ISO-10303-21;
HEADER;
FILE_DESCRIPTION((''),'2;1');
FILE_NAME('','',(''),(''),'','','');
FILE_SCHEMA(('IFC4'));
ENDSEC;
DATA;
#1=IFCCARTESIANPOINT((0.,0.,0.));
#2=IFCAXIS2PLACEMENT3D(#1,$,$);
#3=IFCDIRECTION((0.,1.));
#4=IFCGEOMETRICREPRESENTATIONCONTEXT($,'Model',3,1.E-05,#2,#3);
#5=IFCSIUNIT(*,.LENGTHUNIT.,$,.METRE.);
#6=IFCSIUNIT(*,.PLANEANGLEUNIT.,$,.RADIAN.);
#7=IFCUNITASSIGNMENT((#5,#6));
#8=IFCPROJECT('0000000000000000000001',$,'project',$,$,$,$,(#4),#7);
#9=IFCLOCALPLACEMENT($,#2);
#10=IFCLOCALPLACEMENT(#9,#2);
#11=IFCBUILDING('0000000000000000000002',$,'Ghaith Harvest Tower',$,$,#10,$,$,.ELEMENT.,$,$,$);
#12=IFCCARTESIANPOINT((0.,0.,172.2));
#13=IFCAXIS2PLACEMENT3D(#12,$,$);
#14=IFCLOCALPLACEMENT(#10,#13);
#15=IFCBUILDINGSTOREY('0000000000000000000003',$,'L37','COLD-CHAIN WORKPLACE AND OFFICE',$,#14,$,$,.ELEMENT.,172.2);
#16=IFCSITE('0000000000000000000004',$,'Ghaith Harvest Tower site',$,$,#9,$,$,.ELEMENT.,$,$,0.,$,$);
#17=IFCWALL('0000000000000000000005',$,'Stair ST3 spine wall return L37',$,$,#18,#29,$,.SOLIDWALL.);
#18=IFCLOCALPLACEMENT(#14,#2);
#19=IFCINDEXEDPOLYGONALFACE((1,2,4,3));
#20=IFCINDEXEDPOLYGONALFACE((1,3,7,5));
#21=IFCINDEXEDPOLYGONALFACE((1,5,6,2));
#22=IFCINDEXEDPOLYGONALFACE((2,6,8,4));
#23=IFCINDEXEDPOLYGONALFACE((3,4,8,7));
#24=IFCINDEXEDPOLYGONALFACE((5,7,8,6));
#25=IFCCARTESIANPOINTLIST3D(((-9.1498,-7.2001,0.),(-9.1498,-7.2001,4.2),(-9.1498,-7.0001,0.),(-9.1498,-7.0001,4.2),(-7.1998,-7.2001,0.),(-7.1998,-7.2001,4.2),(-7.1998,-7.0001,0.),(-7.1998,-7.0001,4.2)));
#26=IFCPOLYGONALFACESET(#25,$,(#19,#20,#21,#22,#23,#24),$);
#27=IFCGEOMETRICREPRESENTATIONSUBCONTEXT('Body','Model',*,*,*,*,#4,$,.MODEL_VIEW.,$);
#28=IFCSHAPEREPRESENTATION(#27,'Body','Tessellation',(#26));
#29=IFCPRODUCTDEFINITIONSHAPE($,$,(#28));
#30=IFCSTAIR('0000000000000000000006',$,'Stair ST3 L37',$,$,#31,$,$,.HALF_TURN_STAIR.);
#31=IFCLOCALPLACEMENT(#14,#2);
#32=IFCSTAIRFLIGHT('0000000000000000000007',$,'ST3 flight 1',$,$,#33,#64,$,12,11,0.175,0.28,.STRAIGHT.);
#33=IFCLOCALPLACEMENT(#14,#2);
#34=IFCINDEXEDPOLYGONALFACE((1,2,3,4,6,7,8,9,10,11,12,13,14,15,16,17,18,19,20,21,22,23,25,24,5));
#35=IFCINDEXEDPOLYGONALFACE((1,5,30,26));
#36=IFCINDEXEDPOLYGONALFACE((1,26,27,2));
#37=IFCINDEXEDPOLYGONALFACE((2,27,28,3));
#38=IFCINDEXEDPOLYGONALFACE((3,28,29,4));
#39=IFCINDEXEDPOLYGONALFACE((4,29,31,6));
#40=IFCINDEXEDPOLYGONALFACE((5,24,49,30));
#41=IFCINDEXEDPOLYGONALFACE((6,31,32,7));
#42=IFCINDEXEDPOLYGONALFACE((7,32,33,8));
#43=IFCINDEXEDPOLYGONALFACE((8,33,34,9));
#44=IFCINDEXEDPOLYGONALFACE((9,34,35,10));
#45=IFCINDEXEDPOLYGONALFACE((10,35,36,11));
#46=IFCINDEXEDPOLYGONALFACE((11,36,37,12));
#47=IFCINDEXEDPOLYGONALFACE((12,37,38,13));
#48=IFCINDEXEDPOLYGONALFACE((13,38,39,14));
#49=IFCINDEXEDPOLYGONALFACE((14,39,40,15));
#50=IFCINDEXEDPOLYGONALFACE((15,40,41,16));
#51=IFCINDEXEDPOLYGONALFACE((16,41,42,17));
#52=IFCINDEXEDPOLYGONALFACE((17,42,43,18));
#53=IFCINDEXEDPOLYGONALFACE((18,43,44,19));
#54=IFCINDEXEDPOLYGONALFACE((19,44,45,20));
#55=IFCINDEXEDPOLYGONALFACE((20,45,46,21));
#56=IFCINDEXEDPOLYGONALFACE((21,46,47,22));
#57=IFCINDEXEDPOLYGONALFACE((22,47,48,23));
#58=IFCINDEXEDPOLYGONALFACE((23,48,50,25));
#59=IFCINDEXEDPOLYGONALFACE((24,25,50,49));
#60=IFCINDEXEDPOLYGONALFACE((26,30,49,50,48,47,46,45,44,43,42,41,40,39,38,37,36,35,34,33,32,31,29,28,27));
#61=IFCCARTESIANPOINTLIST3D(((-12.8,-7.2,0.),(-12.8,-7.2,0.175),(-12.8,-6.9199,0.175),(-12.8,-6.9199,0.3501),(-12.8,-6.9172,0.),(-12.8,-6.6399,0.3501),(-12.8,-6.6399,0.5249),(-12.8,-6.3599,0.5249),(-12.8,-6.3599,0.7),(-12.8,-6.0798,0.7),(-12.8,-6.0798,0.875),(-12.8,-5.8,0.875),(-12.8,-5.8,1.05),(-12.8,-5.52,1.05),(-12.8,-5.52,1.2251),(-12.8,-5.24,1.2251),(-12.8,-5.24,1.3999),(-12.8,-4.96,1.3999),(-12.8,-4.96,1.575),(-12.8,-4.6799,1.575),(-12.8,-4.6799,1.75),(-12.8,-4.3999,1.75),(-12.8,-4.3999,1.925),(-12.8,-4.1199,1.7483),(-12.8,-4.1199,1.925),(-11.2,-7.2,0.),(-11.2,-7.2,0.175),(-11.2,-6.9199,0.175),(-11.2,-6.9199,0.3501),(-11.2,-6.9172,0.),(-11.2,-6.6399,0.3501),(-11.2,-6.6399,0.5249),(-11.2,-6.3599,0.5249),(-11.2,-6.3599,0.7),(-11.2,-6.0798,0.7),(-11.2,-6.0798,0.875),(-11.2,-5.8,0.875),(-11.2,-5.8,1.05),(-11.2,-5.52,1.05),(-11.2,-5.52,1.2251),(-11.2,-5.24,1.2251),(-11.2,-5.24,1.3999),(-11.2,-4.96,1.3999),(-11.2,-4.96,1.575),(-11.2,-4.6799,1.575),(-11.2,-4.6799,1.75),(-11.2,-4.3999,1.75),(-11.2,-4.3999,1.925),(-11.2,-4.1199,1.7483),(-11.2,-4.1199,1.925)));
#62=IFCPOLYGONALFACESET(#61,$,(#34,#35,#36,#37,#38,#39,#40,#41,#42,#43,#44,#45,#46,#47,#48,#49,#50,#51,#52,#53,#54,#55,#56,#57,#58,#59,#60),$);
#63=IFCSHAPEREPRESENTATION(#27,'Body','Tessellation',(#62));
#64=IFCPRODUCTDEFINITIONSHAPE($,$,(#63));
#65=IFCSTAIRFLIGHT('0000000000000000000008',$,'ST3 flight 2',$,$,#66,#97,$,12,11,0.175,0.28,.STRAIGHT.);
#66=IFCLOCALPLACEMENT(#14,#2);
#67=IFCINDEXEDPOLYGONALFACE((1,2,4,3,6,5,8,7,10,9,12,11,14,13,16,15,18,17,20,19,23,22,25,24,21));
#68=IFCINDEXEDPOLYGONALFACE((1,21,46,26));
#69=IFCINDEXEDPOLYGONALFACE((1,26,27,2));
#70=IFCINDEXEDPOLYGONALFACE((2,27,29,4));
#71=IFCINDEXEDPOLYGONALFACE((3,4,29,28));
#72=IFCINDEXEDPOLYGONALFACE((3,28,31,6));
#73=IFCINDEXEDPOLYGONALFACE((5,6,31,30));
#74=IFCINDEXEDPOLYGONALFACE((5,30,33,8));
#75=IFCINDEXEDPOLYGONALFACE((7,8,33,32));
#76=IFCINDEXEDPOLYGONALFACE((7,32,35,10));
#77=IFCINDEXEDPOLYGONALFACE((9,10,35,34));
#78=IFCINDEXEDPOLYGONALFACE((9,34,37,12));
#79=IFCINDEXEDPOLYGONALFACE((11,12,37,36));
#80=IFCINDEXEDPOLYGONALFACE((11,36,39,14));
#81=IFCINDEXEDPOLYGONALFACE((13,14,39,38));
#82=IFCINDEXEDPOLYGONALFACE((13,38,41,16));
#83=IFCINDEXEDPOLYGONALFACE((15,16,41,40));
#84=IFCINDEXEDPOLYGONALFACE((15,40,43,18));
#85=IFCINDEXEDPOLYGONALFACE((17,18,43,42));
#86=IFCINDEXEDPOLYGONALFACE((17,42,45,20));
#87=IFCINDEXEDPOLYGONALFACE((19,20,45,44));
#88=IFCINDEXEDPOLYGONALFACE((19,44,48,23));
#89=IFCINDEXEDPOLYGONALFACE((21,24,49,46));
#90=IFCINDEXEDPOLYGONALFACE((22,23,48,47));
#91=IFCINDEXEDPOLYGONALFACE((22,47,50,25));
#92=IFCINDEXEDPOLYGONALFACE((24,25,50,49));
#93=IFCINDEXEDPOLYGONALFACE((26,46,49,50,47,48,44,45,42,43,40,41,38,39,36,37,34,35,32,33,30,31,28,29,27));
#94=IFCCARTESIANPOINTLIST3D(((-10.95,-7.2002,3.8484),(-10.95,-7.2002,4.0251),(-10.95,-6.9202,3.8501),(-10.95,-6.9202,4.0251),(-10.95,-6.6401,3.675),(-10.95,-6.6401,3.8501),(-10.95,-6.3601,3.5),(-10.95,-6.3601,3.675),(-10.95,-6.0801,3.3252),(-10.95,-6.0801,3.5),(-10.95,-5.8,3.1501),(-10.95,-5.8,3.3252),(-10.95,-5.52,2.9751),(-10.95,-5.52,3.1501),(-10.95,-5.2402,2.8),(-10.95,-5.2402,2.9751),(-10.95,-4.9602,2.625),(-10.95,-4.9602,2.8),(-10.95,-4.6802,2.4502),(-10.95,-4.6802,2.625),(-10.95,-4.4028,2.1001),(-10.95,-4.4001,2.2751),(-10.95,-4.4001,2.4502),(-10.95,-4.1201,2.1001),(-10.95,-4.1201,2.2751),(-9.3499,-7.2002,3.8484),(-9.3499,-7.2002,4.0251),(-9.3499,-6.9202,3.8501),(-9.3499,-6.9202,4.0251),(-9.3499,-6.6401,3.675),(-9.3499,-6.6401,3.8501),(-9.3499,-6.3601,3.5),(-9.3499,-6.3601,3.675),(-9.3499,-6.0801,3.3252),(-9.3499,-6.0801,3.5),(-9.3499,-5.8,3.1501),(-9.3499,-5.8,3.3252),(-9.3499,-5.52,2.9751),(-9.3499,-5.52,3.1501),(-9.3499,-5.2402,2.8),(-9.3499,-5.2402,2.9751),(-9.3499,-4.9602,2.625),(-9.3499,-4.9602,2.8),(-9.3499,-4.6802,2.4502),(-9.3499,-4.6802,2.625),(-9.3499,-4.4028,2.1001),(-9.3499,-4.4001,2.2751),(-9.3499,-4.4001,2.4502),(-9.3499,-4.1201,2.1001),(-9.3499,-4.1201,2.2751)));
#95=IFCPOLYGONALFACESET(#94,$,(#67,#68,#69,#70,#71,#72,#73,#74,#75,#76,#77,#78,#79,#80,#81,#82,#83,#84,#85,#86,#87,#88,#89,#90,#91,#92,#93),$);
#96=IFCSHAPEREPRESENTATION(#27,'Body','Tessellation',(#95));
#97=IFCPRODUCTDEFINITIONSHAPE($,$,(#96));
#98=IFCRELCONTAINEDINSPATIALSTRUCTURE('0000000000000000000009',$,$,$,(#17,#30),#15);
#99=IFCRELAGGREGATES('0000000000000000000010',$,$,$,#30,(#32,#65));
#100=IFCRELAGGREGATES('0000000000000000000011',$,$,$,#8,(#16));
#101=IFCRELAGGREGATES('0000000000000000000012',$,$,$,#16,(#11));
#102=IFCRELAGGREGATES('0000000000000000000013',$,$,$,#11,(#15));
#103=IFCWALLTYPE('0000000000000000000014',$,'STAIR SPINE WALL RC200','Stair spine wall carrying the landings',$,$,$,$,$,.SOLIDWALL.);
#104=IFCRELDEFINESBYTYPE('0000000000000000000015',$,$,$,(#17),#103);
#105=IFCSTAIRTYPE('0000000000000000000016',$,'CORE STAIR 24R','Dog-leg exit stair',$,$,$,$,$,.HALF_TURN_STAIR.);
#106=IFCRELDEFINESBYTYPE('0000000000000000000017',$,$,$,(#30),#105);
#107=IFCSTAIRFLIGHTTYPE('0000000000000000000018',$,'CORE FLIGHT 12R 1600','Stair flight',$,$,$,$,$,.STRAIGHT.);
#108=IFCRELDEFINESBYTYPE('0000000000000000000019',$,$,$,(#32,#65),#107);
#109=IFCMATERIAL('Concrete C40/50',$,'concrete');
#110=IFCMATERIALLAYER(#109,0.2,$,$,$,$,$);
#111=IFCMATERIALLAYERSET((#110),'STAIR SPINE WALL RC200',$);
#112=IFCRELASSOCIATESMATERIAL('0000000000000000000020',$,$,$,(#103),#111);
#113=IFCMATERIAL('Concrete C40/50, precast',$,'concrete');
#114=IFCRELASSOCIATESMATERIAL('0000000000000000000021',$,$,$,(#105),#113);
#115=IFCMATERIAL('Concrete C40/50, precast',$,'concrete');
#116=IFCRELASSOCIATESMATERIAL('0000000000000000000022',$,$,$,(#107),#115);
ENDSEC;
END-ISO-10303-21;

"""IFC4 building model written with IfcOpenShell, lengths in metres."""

from ifc_helpers import new_model, si_unit, direction, frame, frame_2d, origin, place, context, subcontext, project, spatial, polyline, rectangle, outline, extrude, material, layer, layer_set, type_object, element, aggregate, save


model = new_model("IFC4")

# Units and contexts
model_context = context("Model", 3, precision=1e-05, world=origin(), true_north=direction((0.0, 1.0)))
body_context = subcontext(model_context, "Body", "Model", "MODEL_VIEW")
ifc_project = project(units=[si_unit("LENGTHUNIT", "METRE"), si_unit("PLANEANGLEUNIT", "RADIAN")], contexts=[model_context])

# Site, building, storey
site_placement = place(None, origin())
site = spatial("IfcSite", under=ifc_project, at=site_placement, Name="Ghaith Harvest Tower site", CompositionType="ELEMENT", RefElevation=0.0)
building_placement = place(site_placement, origin())
building = spatial("IfcBuilding", under=site, at=building_placement, Name="Ghaith Harvest Tower", CompositionType="ELEMENT")
storey_placement = place(building_placement, frame((0.0, 0.0, 172.2)))
storey = spatial("IfcBuildingStorey", under=building, at=storey_placement, Name="L37", Description="COLD-CHAIN WORKPLACE AND OFFICE", CompositionType="ELEMENT", Elevation=172.2)

# Wall
ifc_material_1 = material(Name="Concrete C40/50", Category="concrete")
ifc_layer_1 = layer(ifc_material_1, 0.2)
ifc_layer_set_1 = layer_set([ifc_layer_1], Name="STAIR SPINE WALL RC200")
wall_type_1 = type_object("IfcWallType", Name="STAIR SPINE WALL RC200", Description="Stair spine wall carrying the landings", PredefinedType="SOLIDWALL", material=ifc_layer_set_1)
wall_1_placement = place(storey_placement, frame((-9.1499, -7.1001, 0.0), z_axis=(0.0, 0.0, 1.0), x_axis=(1.0, 0.0, 0.0)))
element("IfcWall", 1, at=wall_1_placement, inside=storey, type_object=wall_type_1, Name="Stair ST3 spine wall return L37", PredefinedType="SOLIDWALL", context=body_context, shape_type="SweptSolid", body=[
    extrude(rectangle(XDim=1.95, YDim=0.2, at=frame_2d((0.9751, 0.0))), origin(), (0.0, 0.0, 1.0), 4.2),
])

# Stair, stair flights
ifc_material_2 = material(Name="Concrete C40/50, precast", Category="concrete")
stair_type = type_object("IfcStairType", Name="CORE STAIR 24R", Description="Dog-leg exit stair", PredefinedType="HALF_TURN_STAIR", material=ifc_material_2)
stair_placement = place(storey_placement, origin())
stair = element("IfcStair", 2, at=stair_placement, inside=storey, type_object=stair_type, Name="Stair ST3 L37", PredefinedType="HALF_TURN_STAIR")
ifc_material_3 = material(Name="Concrete C40/50, precast", Category="concrete")
stair_flight_type = type_object("IfcStairFlightType", Name="CORE FLIGHT 12R 1600", Description="Stair flight", PredefinedType="STRAIGHT", material=ifc_material_3)
stair_flight_1_placement = place(storey_placement, frame((-12.0, -7.2, 0.0), z_axis=(0.0, 0.0, 1.0), x_axis=(0.0, 1.0, 0.0)))
stair_flight_1 = element("IfcStairFlight", 3, at=stair_flight_1_placement, type_object=stair_flight_type, Name="ST3 flight 1", NumberOfRisers=12, NumberOfTreads=11, PredefinedType="STRAIGHT", RiserHeight=0.175, TreadLength=0.28, context=body_context, shape_type="SweptSolid", body=[
    extrude(outline(polyline([(0.0, 0.0), (0.0, 0.175), (0.28, 0.175), (0.28, 0.3501), (0.5601, 0.3501), (0.5601, 0.5249), (0.8401, 0.5249), (0.8401, 0.7), (1.1201, 0.7), (1.1201, 0.875), (1.3999, 0.875), (1.3999, 1.05), (1.6799, 1.05), (1.6799, 1.2251), (1.96, 1.2251), (1.96, 1.3999), (2.24, 1.3999), (2.24, 1.575), (2.52, 1.575), (2.52, 1.75), (2.8, 1.75), (2.8, 1.925), (3.0801, 1.925), (3.0801, 2.1001), (3.0801, 1.7483), (0.2827, 0.0), (0.0, 0.0)])), frame((0.0, 0.8, 0.0), z_axis=(0.0, -1.0, 0.0), x_axis=(1.0, 0.0, 0.0)), (0.0, 0.0, 1.0), 1.6001),
])
stair_flight_2_placement = place(storey_placement, frame((-10.1499, -4.1201, 2.1001), z_axis=(0.0, 0.0, 1.0), x_axis=(0.0, -1.0, 0.0)))
stair_flight_2 = element("IfcStairFlight", 4, at=stair_flight_2_placement, type_object=stair_flight_type, Name="ST3 flight 2", NumberOfRisers=12, NumberOfTreads=11, PredefinedType="STRAIGHT", RiserHeight=0.175, TreadLength=0.28, context=body_context, shape_type="SweptSolid", body=[
    extrude(outline(polyline([(0.0, 0.0), (0.0, 0.175), (0.28, 0.175), (0.28, 0.3501), (0.5601, 0.3501), (0.5601, 0.5249), (0.8401, 0.5249), (0.8401, 0.7), (1.1201, 0.7), (1.1201, 0.875), (1.3999, 0.875), (1.3999, 1.05), (1.6799, 1.05), (1.6799, 1.2251), (1.96, 1.2251), (1.96, 1.3999), (2.24, 1.3999), (2.24, 1.575), (2.52, 1.575), (2.52, 1.75), (2.8, 1.75), (2.8, 1.925), (3.0801, 1.925), (3.0801, 2.1001), (3.0801, 1.7483), (0.2827, 0.0), (0.0, 0.0)])), frame((0.0, 0.8, 0.0), z_axis=(0.0, -1.0, 0.0), x_axis=(1.0, 0.0, 0.0)), (0.0, 0.0, 1.0), 1.6001),
])
aggregate(stair, [stair_flight_1, stair_flight_2])

save(model, "model.ifc")
